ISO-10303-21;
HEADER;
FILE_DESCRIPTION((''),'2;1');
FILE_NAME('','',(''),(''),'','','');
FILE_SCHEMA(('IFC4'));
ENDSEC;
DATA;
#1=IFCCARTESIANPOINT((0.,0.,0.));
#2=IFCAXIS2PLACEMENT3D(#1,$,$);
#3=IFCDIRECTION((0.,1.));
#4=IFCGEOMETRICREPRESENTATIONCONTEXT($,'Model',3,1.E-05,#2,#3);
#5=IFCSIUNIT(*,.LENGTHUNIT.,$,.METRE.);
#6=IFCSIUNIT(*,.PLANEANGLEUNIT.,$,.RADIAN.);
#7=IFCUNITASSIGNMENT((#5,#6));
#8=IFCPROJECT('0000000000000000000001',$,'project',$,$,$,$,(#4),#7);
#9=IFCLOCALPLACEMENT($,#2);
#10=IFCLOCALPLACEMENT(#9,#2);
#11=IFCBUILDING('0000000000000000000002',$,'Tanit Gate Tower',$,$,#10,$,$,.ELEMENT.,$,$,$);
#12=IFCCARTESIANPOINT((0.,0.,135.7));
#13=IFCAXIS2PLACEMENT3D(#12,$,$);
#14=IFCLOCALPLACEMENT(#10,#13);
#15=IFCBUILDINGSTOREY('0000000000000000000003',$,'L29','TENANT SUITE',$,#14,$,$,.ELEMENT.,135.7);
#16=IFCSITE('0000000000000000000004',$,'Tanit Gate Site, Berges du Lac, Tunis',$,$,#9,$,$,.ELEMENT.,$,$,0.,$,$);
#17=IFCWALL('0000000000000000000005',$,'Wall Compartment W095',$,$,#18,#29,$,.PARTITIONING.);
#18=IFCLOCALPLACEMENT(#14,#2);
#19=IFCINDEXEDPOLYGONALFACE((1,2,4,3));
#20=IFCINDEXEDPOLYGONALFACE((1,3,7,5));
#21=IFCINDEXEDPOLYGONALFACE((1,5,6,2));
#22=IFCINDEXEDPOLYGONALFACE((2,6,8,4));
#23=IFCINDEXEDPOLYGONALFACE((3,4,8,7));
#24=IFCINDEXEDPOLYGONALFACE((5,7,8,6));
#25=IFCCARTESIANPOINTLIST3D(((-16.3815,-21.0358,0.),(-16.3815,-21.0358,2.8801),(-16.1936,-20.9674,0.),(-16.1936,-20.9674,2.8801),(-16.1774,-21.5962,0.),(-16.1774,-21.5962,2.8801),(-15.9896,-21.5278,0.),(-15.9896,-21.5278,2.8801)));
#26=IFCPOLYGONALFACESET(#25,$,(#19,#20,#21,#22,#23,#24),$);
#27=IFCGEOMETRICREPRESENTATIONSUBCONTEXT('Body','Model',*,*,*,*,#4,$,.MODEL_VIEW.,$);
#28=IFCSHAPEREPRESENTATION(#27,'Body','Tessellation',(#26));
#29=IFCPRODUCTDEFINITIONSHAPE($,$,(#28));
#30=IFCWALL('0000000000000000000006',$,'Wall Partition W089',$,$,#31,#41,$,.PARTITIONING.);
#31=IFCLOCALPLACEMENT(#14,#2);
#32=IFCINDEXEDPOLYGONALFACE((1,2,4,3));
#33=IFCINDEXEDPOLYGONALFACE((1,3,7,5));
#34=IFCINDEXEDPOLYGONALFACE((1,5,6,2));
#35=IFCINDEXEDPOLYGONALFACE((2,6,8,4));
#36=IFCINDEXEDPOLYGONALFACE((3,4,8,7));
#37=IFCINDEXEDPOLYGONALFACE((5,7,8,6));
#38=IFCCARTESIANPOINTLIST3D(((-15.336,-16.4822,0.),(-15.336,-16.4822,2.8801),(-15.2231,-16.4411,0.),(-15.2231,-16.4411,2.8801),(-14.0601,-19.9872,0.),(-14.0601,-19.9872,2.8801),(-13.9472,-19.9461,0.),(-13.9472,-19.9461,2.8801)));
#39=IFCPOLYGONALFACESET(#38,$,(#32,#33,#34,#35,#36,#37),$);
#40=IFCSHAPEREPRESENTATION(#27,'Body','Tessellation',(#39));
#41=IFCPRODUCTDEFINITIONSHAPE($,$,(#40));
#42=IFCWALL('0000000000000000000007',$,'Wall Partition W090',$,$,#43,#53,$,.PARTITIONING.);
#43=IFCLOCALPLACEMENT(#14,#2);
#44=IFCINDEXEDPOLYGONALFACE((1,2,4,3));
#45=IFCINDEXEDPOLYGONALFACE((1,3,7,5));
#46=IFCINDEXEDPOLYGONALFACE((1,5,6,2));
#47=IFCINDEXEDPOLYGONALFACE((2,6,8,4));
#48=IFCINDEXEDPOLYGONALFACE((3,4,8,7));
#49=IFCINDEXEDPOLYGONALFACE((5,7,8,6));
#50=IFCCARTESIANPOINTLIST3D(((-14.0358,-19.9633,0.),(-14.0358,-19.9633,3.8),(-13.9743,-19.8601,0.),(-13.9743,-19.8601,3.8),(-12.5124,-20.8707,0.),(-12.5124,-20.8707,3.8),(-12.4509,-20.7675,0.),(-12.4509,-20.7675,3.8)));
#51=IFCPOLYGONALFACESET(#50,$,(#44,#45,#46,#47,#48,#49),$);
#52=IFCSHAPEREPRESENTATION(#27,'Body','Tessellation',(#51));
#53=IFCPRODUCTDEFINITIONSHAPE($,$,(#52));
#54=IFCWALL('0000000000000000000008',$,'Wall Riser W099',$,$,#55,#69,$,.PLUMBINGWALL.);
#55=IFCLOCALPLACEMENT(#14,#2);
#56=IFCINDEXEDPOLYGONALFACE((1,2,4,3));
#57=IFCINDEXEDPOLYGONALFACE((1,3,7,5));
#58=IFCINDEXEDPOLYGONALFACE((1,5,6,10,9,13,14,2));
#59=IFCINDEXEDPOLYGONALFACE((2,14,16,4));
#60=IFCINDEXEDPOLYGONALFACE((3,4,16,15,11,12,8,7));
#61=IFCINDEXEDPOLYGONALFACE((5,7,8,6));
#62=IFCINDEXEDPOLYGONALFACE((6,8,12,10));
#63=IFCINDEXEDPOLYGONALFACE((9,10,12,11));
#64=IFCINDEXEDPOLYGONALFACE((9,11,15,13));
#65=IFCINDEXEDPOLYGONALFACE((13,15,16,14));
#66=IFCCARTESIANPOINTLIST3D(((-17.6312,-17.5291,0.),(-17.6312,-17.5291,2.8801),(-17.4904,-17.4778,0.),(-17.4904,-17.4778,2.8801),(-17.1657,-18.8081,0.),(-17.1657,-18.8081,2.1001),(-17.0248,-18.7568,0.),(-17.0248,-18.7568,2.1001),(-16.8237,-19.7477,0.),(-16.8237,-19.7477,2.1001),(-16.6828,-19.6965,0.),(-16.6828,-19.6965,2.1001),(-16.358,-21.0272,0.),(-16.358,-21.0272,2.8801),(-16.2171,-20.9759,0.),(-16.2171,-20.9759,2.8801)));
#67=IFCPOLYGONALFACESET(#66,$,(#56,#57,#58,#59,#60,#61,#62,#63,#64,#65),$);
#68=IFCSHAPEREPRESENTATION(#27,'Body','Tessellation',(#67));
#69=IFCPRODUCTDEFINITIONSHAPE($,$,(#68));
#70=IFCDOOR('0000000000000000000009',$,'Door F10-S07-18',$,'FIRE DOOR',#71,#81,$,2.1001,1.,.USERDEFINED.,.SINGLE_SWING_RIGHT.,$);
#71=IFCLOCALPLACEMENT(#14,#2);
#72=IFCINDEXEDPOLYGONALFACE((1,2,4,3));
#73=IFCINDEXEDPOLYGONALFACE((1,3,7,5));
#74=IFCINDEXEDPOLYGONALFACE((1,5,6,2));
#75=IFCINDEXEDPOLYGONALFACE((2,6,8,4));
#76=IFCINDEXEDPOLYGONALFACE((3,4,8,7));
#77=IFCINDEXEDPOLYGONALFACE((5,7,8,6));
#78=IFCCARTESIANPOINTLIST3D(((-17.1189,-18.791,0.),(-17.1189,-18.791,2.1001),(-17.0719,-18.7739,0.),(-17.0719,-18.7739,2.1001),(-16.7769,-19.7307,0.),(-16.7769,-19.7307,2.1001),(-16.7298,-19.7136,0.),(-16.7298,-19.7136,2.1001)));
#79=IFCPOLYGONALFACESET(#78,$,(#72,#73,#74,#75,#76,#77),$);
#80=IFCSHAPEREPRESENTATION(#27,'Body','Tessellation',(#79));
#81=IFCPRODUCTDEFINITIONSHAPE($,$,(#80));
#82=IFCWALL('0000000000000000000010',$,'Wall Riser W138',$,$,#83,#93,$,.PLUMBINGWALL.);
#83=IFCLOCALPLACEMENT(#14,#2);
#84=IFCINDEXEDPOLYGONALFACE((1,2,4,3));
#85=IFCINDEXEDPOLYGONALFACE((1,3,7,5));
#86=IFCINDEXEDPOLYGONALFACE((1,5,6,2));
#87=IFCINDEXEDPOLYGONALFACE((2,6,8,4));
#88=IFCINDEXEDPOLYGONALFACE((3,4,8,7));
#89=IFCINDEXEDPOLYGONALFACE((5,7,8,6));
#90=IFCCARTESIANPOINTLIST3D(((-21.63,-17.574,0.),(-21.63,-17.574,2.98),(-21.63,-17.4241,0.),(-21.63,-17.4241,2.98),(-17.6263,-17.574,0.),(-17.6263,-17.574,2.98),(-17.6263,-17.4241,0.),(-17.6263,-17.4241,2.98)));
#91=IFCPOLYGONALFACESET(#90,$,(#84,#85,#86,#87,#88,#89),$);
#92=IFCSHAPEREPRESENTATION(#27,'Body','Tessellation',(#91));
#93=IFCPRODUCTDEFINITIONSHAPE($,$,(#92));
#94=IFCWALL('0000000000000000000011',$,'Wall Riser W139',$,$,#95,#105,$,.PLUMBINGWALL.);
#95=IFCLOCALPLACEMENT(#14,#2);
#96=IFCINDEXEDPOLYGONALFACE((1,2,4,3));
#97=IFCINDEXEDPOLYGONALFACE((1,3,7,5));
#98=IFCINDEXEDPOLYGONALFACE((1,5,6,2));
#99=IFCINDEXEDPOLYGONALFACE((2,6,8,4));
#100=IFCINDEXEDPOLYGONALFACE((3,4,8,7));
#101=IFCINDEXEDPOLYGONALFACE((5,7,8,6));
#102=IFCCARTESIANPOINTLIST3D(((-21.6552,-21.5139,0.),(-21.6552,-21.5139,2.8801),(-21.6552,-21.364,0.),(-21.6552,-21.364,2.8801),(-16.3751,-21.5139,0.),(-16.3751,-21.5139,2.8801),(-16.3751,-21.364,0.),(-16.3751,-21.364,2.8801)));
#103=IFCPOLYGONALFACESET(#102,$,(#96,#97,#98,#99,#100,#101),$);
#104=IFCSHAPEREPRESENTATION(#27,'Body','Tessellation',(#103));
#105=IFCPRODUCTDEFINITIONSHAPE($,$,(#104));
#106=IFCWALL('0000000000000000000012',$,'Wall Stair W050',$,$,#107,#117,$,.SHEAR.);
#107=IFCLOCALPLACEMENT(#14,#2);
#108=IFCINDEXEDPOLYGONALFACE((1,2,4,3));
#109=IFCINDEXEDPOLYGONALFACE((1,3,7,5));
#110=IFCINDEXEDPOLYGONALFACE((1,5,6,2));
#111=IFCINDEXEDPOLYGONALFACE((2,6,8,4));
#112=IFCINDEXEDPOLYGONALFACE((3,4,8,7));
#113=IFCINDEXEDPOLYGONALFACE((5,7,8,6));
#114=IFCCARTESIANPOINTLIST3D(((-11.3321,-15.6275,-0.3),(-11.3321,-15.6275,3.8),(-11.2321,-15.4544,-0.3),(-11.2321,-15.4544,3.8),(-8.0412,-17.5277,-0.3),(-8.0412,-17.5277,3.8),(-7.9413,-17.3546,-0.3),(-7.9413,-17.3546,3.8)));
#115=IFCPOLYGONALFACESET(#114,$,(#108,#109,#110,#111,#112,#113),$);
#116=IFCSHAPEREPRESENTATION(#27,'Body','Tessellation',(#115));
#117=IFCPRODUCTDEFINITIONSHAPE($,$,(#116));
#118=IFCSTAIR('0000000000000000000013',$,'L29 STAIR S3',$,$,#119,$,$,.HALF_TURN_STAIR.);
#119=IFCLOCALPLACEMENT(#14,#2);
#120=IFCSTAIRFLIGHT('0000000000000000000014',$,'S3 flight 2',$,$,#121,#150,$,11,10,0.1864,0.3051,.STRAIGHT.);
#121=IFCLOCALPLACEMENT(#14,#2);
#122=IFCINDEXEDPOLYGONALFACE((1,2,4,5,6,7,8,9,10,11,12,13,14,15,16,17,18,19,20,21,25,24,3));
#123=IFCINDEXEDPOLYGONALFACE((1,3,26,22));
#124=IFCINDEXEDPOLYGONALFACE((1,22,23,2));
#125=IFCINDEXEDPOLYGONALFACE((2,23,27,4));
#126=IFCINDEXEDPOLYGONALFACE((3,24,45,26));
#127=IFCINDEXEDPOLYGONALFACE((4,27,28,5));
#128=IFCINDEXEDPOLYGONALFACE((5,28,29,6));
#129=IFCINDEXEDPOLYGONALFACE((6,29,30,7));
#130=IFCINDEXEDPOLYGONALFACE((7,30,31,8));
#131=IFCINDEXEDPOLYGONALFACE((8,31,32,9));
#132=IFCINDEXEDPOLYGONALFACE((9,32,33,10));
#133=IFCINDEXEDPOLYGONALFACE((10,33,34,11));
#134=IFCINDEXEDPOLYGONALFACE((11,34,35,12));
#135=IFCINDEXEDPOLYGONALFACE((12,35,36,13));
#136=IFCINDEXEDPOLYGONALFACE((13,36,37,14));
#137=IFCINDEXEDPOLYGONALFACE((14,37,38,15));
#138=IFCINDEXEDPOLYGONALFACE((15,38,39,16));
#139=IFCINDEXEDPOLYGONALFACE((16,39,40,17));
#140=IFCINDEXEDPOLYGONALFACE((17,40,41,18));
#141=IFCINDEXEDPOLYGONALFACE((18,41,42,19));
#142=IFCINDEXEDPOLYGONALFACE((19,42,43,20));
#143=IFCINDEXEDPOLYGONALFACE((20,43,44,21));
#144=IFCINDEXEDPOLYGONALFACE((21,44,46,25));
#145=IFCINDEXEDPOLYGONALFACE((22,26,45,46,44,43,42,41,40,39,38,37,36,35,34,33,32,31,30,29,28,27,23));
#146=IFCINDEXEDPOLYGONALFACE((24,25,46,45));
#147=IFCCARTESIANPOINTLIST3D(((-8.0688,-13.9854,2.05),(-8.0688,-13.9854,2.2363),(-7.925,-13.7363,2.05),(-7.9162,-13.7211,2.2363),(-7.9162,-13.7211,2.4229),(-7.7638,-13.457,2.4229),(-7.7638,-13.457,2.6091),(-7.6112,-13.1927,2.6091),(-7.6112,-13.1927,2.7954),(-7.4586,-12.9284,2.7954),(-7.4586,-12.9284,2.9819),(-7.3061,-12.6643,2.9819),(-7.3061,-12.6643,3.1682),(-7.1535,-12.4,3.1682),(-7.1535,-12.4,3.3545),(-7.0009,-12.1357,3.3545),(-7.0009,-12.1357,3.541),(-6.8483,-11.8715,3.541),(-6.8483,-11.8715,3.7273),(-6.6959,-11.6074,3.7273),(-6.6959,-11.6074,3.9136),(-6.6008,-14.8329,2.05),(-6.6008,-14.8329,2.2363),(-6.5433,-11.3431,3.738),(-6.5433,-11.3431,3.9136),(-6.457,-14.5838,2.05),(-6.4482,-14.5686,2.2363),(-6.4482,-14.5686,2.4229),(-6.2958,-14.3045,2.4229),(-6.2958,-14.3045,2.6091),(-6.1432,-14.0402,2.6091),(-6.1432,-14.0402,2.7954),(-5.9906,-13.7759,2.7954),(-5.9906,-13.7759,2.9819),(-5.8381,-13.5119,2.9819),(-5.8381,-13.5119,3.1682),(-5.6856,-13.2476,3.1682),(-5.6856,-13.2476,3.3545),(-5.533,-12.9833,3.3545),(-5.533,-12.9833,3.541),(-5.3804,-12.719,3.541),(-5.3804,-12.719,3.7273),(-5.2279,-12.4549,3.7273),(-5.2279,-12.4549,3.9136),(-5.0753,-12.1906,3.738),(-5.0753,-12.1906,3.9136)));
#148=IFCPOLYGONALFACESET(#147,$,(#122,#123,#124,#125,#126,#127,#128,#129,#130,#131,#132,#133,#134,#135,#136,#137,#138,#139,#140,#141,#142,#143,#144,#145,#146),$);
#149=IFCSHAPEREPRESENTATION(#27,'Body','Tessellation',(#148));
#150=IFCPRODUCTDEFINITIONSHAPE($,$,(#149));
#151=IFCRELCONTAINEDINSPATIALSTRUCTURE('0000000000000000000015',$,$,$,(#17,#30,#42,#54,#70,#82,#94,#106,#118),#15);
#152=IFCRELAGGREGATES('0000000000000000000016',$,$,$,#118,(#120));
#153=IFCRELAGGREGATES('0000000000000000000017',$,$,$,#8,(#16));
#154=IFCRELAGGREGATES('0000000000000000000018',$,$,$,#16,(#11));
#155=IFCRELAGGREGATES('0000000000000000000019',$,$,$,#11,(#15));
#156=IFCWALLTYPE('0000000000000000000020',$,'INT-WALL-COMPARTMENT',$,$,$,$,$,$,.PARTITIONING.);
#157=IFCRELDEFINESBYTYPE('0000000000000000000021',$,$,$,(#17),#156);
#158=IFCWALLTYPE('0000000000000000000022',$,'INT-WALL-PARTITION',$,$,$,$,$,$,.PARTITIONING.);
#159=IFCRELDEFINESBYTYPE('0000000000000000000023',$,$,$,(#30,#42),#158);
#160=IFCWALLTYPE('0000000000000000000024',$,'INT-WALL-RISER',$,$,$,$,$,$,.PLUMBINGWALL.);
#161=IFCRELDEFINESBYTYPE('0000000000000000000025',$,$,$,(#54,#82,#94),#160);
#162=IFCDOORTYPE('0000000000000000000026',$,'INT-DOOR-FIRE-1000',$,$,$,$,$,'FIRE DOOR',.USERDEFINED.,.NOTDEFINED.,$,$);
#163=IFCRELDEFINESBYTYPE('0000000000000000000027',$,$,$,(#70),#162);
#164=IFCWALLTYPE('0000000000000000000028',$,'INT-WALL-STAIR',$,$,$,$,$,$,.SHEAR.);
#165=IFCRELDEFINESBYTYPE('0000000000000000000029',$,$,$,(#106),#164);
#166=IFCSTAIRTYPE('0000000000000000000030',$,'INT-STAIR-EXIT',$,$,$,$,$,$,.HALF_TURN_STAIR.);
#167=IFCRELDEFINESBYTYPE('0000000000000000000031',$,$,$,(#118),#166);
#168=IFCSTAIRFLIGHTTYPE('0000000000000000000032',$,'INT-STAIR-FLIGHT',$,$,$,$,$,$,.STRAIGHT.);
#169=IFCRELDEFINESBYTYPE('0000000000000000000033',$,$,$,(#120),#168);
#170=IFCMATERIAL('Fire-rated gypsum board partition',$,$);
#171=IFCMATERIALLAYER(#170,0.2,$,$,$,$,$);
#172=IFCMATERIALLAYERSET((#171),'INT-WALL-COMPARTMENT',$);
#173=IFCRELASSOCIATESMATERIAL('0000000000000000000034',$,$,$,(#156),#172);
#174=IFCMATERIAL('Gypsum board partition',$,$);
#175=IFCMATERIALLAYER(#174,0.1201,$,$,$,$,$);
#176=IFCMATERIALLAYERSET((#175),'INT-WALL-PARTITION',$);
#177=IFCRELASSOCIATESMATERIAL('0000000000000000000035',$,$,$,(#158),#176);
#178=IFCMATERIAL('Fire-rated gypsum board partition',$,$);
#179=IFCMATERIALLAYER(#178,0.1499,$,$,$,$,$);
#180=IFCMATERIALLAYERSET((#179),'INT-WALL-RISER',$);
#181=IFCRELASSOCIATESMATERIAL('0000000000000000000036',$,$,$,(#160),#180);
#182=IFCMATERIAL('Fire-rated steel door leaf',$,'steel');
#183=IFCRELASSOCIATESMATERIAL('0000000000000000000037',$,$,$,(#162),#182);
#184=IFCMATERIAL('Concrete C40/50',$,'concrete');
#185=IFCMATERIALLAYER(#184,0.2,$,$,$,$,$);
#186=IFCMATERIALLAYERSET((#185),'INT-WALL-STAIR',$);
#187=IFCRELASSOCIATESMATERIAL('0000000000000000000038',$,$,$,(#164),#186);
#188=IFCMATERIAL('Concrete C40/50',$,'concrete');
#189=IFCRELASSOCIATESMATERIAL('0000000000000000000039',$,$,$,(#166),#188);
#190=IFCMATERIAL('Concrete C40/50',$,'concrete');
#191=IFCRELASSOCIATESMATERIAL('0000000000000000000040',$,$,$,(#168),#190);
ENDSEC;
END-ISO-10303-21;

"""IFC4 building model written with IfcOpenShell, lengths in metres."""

from ifc_helpers import new_model, si_unit, direction, frame, frame_2d, origin, place, context, subcontext, project, spatial, polyline, rectangle, outline, extrude, material, layer, layer_set, type_object, element, fill, aggregate, save


model = new_model("IFC4")

# Units and contexts
model_context = context("Model", 3, precision=1e-05, world=origin(), true_north=direction((0.0, 1.0)))
body_context = subcontext(model_context, "Body", "Model", "MODEL_VIEW")
ifc_project = project(units=[si_unit("LENGTHUNIT", "METRE"), si_unit("PLANEANGLEUNIT", "RADIAN")], contexts=[model_context])

# Site, building, storey
site_placement = place(None, origin())
site = spatial("IfcSite", under=ifc_project, at=site_placement, Name="Tanit Gate Site, Berges du Lac, Tunis", CompositionType="ELEMENT", RefElevation=0.0)
building_placement = place(site_placement, origin())
building = spatial("IfcBuilding", under=site, at=building_placement, Name="Tanit Gate Tower", CompositionType="ELEMENT")
storey_placement = place(building_placement, frame((0.0, 0.0, 135.7)))
storey = spatial("IfcBuildingStorey", under=building, at=storey_placement, Name="L29", Description="TENANT SUITE", CompositionType="ELEMENT", Elevation=135.7)

# Walls
ifc_material_1 = material(Name="Fire-rated gypsum board partition")
ifc_layer_1 = layer(ifc_material_1, 0.2)
ifc_layer_set_1 = layer_set([ifc_layer_1], Name="INT-WALL-COMPARTMENT")
wall_type_1 = type_object("IfcWallType", Name="INT-WALL-COMPARTMENT", PredefinedType="PARTITIONING", material=ifc_layer_set_1)
wall_1_placement = place(storey_placement, frame((-16.2876, -21.0015, 0.0), z_axis=(0.0, 0.0, 1.0), x_axis=(0.342137, -0.93965, 0.0)))
element("IfcWall", 1, at=wall_1_placement, inside=storey, type_object=wall_type_1, Name="Wall Compartment W095", PredefinedType="PARTITIONING", context=body_context, shape_type="SweptSolid", body=[
    extrude(rectangle(XDim=0.5964, YDim=0.2, at=frame_2d((0.2983, 0.0))), origin(), (0.0, 0.0, 1.0), 2.8801),
])
ifc_material_2 = material(Name="Gypsum board partition")
ifc_layer_2 = layer(ifc_material_2, 0.1201)
ifc_layer_set_2 = layer_set([ifc_layer_2], Name="INT-WALL-PARTITION")
wall_type_2 = type_object("IfcWallType", Name="INT-WALL-PARTITION", PredefinedType="PARTITIONING", material=ifc_layer_set_2)
wall_2_placement = place(storey_placement, frame((-15.2795, -16.4617, 0.0), z_axis=(0.0, 0.0, 1.0), x_axis=(0.342069, -0.939675, 0.0)))
element("IfcWall", 2, at=wall_2_placement, inside=storey, type_object=wall_type_2, Name="Wall Partition W089", PredefinedType="PARTITIONING", context=body_context, shape_type="SweptSolid", body=[
    extrude(rectangle(XDim=3.73, YDim=0.1201, at=frame_2d((1.865, 0.0))), origin(), (0.0, 0.0, 1.0), 2.8801),
])
wall_3_placement = place(storey_placement, frame((-14.0051, -19.9116, 0.0), z_axis=(0.0, 0.0, 1.0), x_axis=(0.859129, -0.51176, 0.0)))
element("IfcWall", 3, at=wall_3_placement, inside=storey, type_object=wall_type_2, Name="Wall Partition W090", PredefinedType="PARTITIONING", context=body_context, shape_type="SweptSolid", body=[
    extrude(rectangle(XDim=1.7732, YDim=0.1201, at=frame_2d((0.8867, 0.0))), origin(), (0.0, 0.0, 1.0), 3.8),
])

# Wall, opening, door
ifc_material_3 = material(Name="Fire-rated gypsum board partition")
ifc_layer_3 = layer(ifc_material_3, 0.1499)
ifc_layer_set_3 = layer_set([ifc_layer_3], Name="INT-WALL-RISER")
wall_type_3 = type_object("IfcWallType", Name="INT-WALL-RISER", PredefinedType="PLUMBINGWALL", material=ifc_layer_set_3)
wall_4_placement = place(storey_placement, frame((-17.5608, -17.5034, 0.0), z_axis=(0.0, 0.0, 1.0), x_axis=(0.342022, -0.939692, 0.0)))
wall_4 = element("IfcWall", 4, at=wall_4_placement, inside=storey, type_object=wall_type_3, Name="Wall Riser W099", PredefinedType="PLUMBINGWALL", context=body_context, shape_type="SweptSolid", body=[
    extrude(rectangle(XDim=3.7227, YDim=0.1499, at=frame_2d((1.8613, 0.0))), origin(), (0.0, 0.0, 1.0), 2.8801),
])
opening_1_placement = place(wall_4_placement, frame((1.3611, 0.0, 0.0)))
opening_1 = element("IfcOpeningElement", 5, at=opening_1_placement, cuts=wall_4, PredefinedType="OPENING", context=body_context, shape_type="SweptSolid", body=[
    extrude(rectangle(XDim=1.0, YDim=2.1001, at=frame_2d((0.5, 1.05))), frame((0.0, 0.085, 0.0), z_axis=(0.0, -1.0, 0.0), x_axis=(1.0, 0.0, 0.0)), (0.0, 0.0, 1.0), 0.1699),
])
ifc_material_4 = material(Name="Fire-rated steel door leaf", Category="steel")
door_type_1 = type_object("IfcDoorType", Name="INT-DOOR-FIRE-1000", ElementType="FIRE DOOR", OperationType="NOTDEFINED", PredefinedType="USERDEFINED", material=ifc_material_4)
door_1_placement = place(opening_1_placement, origin())
door_1 = element("IfcDoor", 6, at=door_1_placement, inside=storey, type_object=door_type_1, Name="Door F10-S07-18", ObjectType="FIRE DOOR", OperationType="SINGLE_SWING_RIGHT", OverallHeight=2.1001, OverallWidth=1.0, PredefinedType="USERDEFINED", context=body_context, shape_type="SweptSolid", body=[
    extrude(rectangle(XDim=1.0, YDim=2.1001, at=frame_2d((0.5, 1.05))), frame((0.0, 0.0249, 0.0), z_axis=(0.0, -1.0, 0.0), x_axis=(1.0, 0.0, 0.0)), (0.0, 0.0, 1.0), 0.05),
])
fill(opening_1, door_1)

# Walls
wall_5_placement = place(storey_placement, frame((-17.6262, -17.499, 0.0), z_axis=(0.0, 0.0, 1.0), x_axis=(-1.0, 0.0, 0.0)))
element("IfcWall", 7, at=wall_5_placement, inside=storey, type_object=wall_type_3, Name="Wall Riser W138", PredefinedType="PLUMBINGWALL", context=body_context, shape_type="SweptSolid", body=[
    extrude(rectangle(XDim=4.0037, YDim=0.1499, at=frame_2d((2.002, 0.0))), origin(), (0.0, 0.0, 1.0), 2.98),
])
wall_6_placement = place(storey_placement, frame((-16.375, -21.439, 0.0), z_axis=(0.0, 0.0, 1.0), x_axis=(-1.0, 0.0, 0.0)))
element("IfcWall", 8, at=wall_6_placement, inside=storey, type_object=wall_type_3, Name="Wall Riser W139", PredefinedType="PLUMBINGWALL", context=body_context, shape_type="SweptSolid", body=[
    extrude(rectangle(XDim=5.28, YDim=0.1499, at=frame_2d((2.6401, 0.0))), origin(), (0.0, 0.0, 1.0), 2.8801),
])
ifc_material_5 = material(Name="Concrete C40/50", Category="concrete")
ifc_layer_4 = layer(ifc_material_5, 0.2)
ifc_layer_set_4 = layer_set([ifc_layer_4], Name="INT-WALL-STAIR")
wall_type_4 = type_object("IfcWallType", Name="INT-WALL-STAIR", PredefinedType="SHEAR", material=ifc_layer_set_4)
wall_7_placement = place(storey_placement, frame((-11.282, -15.541, -0.3), z_axis=(0.0, 0.0, 1.0), x_axis=(0.866, -0.500043, 0.0)))
element("IfcWall", 9, at=wall_7_placement, inside=storey, type_object=wall_type_4, Name="Wall Stair W050", PredefinedType="SHEAR", context=body_context, shape_type="SweptSolid", body=[
    extrude(rectangle(XDim=3.8, YDim=0.2, at=frame_2d((1.8999, 0.0))), origin(), (0.0, 0.0, 1.0), 4.1001),
])

# Stair, stair flight
ifc_material_6 = material(Name="Concrete C40/50", Category="concrete")
stair_type = type_object("IfcStairType", Name="INT-STAIR-EXIT", PredefinedType="HALF_TURN_STAIR", material=ifc_material_6)
stair_placement = place(storey_placement, origin())
stair = element("IfcStair", 10, at=stair_placement, inside=storey, type_object=stair_type, Name="L29 STAIR S3", PredefinedType="HALF_TURN_STAIR")
ifc_material_7 = material(Name="Concrete C40/50", Category="concrete")
stair_flight_type = type_object("IfcStairFlightType", Name="INT-STAIR-FLIGHT", PredefinedType="STRAIGHT", material=ifc_material_7)
stair_flight_placement = place(storey_placement, frame((-7.3347, -14.4092, 2.05), z_axis=(0.0, 0.0, 1.0), x_axis=(0.5, 0.866025, 0.0)))
stair_flight = element("IfcStairFlight", 11, at=stair_flight_placement, type_object=stair_flight_type, Name="S3 flight 2", NumberOfRisers=11, NumberOfTreads=10, PredefinedType="STRAIGHT", RiserHeight=0.1864, TreadLength=0.3051, context=body_context, shape_type="SweptSolid", body=[
    extrude(outline(polyline([(0.0, 0.0), (0.0, 0.1863), (0.3052, 0.1863), (0.3052, 0.3728), (0.6101, 0.3728), (0.6101, 0.5591), (0.9153, 0.5591), (0.9153, 0.7454), (1.2205, 0.7454), (1.2205, 0.9319), (1.5254, 0.9319), (1.5254, 1.1182), (1.8306, 1.1182), (1.8306, 1.3044), (2.1357, 1.3044), (2.1357, 1.491), (2.4409, 1.491), (2.4409, 1.6772), (2.7458, 1.6772), (2.7458, 1.8635), (3.051, 1.8635), (3.051, 2.05), (3.051, 1.688), (0.2876, 0.0), (0.0, 0.0)])), frame((0.0, 0.8477, 0.0), z_axis=(0.0, -1.0, 0.0), x_axis=(1.0, 0.0, 0.0)), (0.0, 0.0, 1.0), 1.6951),
])
aggregate(stair, [stair_flight])

save(model, "model.ifc")
